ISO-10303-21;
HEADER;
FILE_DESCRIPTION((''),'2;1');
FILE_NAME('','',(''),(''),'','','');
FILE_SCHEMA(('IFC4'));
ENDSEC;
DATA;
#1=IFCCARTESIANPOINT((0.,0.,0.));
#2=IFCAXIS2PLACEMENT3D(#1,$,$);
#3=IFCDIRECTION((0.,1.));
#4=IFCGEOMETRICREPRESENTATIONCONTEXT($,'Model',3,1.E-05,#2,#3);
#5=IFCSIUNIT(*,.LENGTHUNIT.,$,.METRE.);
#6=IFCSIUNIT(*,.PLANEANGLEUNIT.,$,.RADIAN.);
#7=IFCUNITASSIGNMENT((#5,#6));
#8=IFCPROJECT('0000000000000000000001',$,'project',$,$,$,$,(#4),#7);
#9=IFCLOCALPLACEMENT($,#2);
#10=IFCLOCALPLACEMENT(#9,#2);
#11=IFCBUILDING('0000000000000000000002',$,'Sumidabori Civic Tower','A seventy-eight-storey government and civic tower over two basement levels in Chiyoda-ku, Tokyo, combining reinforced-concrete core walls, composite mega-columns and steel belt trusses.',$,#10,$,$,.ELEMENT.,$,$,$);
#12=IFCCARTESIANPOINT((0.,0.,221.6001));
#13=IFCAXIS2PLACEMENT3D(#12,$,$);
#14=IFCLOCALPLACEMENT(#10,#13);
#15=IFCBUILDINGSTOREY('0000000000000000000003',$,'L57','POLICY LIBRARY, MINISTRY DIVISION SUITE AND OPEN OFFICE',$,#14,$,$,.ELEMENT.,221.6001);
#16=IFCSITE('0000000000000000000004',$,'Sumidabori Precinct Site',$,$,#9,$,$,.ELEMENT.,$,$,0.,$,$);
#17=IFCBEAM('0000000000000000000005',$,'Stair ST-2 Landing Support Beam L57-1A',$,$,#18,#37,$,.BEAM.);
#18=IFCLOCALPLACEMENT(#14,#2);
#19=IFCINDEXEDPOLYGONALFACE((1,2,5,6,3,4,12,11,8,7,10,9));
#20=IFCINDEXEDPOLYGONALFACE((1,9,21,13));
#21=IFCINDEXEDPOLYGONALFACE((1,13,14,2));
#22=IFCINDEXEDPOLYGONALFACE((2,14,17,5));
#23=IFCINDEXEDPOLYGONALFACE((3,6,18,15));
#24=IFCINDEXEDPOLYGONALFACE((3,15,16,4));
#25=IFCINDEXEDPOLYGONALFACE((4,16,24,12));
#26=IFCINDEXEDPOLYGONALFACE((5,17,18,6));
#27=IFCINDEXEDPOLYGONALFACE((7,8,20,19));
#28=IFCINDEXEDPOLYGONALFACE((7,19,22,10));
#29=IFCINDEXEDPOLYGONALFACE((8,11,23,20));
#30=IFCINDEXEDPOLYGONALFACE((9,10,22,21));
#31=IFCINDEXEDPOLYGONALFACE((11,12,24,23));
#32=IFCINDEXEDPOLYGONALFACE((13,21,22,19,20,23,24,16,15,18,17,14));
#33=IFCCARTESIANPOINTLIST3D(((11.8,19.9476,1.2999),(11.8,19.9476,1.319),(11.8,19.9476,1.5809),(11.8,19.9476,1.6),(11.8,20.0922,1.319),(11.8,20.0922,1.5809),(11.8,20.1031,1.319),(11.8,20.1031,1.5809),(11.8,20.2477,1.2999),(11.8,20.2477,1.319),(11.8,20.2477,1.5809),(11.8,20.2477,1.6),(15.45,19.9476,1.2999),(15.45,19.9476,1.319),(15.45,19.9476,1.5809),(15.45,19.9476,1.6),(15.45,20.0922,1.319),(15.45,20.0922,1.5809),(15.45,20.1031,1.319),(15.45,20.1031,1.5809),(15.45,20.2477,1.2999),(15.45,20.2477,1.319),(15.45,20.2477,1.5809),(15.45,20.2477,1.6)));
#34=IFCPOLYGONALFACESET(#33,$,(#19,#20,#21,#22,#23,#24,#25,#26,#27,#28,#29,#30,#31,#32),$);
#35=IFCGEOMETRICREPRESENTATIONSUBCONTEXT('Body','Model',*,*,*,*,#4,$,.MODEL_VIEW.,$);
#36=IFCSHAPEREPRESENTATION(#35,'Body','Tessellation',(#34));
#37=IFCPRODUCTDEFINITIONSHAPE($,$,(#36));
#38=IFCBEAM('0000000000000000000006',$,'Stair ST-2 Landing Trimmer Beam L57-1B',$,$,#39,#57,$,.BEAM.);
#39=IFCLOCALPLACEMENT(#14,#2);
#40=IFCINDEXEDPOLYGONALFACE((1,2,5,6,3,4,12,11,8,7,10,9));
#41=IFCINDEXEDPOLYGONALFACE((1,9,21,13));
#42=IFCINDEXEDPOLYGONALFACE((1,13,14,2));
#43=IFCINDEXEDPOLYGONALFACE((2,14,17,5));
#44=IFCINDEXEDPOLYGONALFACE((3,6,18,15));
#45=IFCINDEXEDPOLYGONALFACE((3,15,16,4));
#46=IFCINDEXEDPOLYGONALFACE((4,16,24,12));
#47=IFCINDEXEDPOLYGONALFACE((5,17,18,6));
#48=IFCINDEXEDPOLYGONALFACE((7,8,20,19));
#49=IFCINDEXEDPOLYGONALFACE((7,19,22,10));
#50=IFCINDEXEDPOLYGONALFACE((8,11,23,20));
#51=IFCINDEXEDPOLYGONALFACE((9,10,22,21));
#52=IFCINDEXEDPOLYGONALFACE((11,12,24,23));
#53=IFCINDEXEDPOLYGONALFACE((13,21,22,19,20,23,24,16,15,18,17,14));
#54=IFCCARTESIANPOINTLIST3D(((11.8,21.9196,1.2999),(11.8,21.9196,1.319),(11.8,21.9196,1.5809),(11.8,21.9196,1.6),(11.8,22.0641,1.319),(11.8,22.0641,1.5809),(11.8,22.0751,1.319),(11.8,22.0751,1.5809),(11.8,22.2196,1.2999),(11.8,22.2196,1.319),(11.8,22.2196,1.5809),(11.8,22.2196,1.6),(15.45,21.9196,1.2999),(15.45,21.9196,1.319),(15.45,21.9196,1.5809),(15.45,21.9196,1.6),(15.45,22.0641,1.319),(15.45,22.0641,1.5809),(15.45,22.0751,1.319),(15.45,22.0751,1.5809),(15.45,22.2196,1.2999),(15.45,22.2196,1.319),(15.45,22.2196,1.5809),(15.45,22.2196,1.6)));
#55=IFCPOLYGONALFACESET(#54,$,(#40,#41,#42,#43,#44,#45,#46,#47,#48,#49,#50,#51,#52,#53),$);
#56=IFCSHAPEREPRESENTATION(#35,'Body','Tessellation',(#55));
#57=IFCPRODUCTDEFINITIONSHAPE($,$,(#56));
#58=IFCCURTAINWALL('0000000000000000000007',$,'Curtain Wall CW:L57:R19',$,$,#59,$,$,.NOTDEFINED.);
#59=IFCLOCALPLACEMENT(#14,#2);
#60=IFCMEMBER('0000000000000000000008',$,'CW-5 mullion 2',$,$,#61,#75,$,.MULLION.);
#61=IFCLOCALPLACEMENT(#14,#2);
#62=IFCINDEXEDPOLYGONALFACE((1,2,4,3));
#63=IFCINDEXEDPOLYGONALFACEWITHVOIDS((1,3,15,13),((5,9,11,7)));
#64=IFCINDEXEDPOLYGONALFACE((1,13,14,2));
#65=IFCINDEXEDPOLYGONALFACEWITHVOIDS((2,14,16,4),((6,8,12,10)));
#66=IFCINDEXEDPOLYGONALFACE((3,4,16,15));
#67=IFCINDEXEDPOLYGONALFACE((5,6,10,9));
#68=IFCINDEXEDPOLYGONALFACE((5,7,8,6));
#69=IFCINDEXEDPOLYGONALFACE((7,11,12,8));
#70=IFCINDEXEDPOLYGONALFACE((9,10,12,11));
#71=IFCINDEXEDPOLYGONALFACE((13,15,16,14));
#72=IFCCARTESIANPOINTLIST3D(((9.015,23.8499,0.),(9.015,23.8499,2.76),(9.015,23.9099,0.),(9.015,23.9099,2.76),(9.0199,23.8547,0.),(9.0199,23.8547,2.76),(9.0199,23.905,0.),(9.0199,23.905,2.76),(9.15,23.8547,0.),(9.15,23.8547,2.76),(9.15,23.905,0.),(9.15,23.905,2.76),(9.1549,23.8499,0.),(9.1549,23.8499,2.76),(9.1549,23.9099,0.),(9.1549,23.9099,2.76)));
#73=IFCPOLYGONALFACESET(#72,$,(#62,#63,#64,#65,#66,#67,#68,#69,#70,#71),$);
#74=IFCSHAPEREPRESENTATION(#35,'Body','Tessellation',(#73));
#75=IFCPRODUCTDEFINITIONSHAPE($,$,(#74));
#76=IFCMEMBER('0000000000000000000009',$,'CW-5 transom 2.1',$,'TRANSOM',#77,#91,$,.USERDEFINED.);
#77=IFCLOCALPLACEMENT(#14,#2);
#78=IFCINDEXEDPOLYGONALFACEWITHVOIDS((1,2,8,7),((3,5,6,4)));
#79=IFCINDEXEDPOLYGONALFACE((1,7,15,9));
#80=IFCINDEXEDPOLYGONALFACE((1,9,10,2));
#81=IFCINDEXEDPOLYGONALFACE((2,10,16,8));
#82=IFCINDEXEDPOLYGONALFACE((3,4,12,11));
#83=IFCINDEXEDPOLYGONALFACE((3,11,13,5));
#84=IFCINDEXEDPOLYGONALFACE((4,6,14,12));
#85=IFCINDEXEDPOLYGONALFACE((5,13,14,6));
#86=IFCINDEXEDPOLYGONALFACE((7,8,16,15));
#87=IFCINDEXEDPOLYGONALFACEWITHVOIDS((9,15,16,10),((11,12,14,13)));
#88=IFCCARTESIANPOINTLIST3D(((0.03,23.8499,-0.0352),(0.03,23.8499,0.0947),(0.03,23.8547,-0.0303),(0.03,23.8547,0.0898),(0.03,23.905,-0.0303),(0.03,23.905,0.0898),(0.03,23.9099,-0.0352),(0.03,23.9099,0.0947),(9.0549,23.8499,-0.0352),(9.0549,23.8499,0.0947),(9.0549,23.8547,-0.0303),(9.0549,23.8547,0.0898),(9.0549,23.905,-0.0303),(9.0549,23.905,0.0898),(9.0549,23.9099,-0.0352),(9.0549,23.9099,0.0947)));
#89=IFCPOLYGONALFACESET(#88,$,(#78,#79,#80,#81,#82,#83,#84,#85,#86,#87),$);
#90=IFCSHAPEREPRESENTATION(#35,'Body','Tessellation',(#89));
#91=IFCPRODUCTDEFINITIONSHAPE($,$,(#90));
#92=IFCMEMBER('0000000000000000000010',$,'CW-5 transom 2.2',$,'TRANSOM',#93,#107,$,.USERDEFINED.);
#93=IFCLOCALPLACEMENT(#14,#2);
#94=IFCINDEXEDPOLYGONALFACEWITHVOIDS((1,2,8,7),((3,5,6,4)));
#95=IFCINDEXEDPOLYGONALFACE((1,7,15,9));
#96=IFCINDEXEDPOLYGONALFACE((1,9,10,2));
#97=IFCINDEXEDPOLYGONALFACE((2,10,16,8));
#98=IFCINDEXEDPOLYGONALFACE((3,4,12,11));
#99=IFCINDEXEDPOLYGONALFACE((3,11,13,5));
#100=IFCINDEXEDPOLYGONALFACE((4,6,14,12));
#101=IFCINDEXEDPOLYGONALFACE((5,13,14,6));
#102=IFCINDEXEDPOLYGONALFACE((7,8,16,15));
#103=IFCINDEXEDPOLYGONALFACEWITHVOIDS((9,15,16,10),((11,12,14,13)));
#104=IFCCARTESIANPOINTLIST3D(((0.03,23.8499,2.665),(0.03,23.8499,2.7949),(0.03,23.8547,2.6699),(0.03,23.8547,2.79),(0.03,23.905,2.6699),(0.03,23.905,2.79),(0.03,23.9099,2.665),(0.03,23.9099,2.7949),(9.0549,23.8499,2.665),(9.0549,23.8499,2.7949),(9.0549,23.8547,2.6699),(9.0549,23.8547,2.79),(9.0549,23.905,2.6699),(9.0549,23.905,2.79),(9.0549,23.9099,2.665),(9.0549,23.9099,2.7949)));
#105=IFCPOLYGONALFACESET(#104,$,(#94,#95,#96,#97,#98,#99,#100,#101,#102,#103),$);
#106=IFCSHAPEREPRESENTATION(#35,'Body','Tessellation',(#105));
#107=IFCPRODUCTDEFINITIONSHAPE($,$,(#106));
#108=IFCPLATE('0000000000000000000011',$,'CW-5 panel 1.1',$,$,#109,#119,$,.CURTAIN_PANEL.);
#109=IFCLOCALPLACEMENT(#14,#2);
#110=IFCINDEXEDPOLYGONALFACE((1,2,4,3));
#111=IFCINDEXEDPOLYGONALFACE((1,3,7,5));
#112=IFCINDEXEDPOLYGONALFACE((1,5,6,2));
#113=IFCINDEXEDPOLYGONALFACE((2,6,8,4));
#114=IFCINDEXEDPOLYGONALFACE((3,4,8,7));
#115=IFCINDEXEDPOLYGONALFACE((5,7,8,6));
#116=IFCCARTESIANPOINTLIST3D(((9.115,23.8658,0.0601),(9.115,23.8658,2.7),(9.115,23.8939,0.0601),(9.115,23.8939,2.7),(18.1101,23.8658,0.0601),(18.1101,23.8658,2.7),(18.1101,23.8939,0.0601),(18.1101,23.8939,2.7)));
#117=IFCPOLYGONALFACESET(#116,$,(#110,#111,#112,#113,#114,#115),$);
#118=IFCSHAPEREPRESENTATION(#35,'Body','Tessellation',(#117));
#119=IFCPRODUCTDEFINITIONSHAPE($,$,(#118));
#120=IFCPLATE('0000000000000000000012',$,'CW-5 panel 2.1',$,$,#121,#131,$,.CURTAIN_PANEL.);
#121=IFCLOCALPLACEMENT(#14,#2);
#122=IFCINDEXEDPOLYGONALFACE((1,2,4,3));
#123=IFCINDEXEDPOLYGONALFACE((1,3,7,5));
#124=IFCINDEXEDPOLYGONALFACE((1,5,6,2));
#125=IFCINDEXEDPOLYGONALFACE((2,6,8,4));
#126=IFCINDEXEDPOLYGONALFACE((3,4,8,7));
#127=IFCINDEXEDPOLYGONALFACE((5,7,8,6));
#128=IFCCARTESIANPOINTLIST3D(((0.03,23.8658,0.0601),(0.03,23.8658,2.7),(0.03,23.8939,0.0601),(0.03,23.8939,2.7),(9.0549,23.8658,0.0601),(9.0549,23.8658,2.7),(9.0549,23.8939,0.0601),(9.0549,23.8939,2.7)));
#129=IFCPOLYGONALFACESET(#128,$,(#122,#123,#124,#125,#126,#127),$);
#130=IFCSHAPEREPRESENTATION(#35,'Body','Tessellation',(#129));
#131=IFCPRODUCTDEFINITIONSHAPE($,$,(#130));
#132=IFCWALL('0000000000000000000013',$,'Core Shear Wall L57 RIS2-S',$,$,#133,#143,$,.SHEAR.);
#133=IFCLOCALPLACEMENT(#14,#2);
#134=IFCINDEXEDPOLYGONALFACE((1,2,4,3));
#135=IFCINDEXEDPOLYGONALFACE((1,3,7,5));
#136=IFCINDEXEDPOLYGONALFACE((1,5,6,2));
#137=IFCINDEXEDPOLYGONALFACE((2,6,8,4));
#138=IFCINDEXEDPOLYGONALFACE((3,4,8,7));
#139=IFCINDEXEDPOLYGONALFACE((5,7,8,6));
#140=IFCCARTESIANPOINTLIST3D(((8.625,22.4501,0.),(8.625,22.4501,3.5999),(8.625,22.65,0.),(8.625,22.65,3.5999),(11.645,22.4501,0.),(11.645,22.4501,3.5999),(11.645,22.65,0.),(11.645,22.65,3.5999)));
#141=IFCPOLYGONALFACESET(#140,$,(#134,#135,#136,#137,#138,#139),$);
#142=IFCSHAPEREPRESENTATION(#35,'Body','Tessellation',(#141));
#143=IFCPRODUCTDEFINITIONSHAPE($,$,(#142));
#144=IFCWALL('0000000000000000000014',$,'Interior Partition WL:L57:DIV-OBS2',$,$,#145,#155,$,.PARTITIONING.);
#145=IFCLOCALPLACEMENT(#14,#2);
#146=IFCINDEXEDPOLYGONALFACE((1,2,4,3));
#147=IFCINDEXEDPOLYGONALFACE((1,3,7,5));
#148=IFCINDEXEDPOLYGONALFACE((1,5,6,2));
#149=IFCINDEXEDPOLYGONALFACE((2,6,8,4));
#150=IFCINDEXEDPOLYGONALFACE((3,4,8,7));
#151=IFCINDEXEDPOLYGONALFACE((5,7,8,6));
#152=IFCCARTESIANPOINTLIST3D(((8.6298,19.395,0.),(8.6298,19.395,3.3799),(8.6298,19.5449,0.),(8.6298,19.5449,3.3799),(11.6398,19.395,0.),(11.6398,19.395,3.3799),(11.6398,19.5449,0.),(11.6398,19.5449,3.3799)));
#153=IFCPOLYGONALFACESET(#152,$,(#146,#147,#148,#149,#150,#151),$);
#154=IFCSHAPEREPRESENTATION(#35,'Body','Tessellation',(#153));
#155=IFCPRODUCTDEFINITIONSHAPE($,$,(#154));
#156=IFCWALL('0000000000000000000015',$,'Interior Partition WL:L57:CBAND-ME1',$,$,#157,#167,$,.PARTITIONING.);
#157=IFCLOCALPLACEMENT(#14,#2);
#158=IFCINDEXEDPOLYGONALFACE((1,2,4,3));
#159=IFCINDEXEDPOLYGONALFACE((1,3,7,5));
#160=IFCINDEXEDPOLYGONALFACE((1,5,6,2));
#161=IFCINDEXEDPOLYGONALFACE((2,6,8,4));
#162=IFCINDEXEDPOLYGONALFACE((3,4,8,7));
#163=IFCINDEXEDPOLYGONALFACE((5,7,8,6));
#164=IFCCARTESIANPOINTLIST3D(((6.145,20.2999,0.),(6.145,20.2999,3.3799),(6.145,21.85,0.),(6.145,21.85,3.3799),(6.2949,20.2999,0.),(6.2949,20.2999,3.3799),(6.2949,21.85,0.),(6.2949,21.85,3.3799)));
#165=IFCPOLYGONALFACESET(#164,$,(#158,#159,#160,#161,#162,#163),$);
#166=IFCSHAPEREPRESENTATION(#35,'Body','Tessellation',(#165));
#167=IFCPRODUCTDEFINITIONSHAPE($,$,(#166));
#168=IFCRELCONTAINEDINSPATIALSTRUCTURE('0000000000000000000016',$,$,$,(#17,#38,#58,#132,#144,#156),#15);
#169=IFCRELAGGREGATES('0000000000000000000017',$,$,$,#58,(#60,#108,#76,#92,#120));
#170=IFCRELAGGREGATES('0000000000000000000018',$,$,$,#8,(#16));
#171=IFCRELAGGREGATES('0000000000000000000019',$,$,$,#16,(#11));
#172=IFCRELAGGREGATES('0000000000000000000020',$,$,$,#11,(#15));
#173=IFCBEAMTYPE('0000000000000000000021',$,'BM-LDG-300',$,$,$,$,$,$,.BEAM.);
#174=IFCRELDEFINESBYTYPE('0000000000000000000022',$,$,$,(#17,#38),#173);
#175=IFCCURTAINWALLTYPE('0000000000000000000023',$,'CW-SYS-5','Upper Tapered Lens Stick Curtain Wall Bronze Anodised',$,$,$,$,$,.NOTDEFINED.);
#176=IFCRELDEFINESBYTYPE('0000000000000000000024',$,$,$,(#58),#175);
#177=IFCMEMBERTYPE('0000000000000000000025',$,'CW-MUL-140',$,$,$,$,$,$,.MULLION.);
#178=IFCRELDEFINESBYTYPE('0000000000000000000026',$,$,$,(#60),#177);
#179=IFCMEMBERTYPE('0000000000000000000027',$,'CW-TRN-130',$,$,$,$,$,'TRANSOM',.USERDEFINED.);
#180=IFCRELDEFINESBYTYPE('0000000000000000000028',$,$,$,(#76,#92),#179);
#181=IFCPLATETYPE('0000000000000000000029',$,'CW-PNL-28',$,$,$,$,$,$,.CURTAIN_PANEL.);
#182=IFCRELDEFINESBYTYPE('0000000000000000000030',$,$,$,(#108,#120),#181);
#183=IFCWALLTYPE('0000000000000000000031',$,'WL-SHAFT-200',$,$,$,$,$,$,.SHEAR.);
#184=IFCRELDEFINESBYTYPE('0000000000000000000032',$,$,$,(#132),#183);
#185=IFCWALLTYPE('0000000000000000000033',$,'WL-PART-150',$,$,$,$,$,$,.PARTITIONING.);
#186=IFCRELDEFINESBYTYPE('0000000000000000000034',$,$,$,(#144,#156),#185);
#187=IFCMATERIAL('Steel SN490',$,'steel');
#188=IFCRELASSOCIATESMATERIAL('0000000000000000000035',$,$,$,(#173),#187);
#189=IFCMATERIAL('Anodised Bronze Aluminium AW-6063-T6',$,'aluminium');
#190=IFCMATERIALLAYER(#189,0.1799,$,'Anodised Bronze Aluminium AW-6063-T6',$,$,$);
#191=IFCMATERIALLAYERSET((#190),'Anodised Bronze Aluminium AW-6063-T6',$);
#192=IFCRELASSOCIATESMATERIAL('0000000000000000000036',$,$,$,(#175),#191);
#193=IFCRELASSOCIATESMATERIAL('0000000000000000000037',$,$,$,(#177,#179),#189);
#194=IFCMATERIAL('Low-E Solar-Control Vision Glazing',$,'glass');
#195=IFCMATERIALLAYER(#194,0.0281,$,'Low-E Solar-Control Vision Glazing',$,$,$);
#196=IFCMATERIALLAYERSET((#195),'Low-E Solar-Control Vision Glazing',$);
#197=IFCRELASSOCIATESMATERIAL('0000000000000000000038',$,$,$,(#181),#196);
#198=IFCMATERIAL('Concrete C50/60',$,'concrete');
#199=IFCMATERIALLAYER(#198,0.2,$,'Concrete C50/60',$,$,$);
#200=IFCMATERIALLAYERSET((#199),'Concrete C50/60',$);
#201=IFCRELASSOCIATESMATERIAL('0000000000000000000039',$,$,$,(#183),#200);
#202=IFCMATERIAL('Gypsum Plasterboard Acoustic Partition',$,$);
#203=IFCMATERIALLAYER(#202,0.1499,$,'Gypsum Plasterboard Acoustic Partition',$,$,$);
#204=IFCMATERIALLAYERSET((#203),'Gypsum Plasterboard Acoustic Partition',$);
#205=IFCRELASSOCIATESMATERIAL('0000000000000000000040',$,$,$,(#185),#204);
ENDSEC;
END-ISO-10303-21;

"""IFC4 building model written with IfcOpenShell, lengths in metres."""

from ifc_helpers import new_model, si_unit, direction, frame, frame_2d, origin, origin_2d, place, context, subcontext, project, spatial, rectangle, hollow_rectangle, i_section, extrude, source, transform, mapped, material, layer, layer_set, material_profile, profile_set, type_object, element, aggregate, save


model = new_model("IFC4")

# Units and contexts
model_context = context("Model", 3, precision=1e-05, world=origin(), true_north=direction((0.0, 1.0)))
body_context = subcontext(model_context, "Body", "Model", "MODEL_VIEW")
ifc_project = project(units=[si_unit("LENGTHUNIT", "METRE"), si_unit("PLANEANGLEUNIT", "RADIAN")], contexts=[model_context])

# Site, building, storey
site_placement = place(None, origin())
site = spatial("IfcSite", under=ifc_project, at=site_placement, Name="Sumidabori Precinct Site", CompositionType="ELEMENT", RefElevation=0.0)
building_placement = place(site_placement, origin())
building = spatial("IfcBuilding", under=site, at=building_placement, Name="Sumidabori Civic Tower", Description="A seventy-eight-storey government and civic tower over two basement levels in Chiyoda-ku, Tokyo, combining reinforced-concrete core walls, composite mega-columns and steel belt trusses.", CompositionType="ELEMENT")
storey_placement = place(building_placement, frame((0.0, 0.0, 221.6001)))
storey = spatial("IfcBuildingStorey", under=building, at=storey_placement, Name="L57", Description="POLICY LIBRARY, MINISTRY DIVISION SUITE AND OPEN OFFICE", CompositionType="ELEMENT", Elevation=221.6001)

# Beams
ifc_material_1 = material(Name="Steel SN490", Category="steel")
ifc_material_profile_1 = material_profile(ifc_material_1, i_section(OverallWidth=0.3, OverallDepth=0.3, WebThickness=0.011, FlangeThickness=0.019, at=origin_2d()), Name="HE 300 B")
ifc_profile_set_1 = profile_set([ifc_material_profile_1], Name="Steel SN490")
beam_type = type_object("IfcBeamType", Name="BM-LDG-300", PredefinedType="BEAM", material=ifc_profile_set_1)
shared_shape_1 = source(origin(), body_context, "Body", "SweptSolid", [
    extrude(i_section(OverallWidth=0.3, OverallDepth=0.3, WebThickness=0.011, FlangeThickness=0.019, at=origin_2d()), origin(), (0.0, 0.0, 1.0), 3.6499),
])
for number, where, z_axis, x_axis, name in (
    (1, (11.8, 20.0977, 1.45), (1.0, 0.0, 0.0), (0.0, 1.0, 0.0), "Stair ST-2 Landing Support Beam L57-1A"),
    (2, (11.8, 22.0696, 1.45), (1.0, 0.0, 0.0), (0.0, 1.0, 0.0), "Stair ST-2 Landing Trimmer Beam L57-1B"),
):
    element("IfcBeam", number, at=place(storey_placement, frame(where, z_axis=z_axis, x_axis=x_axis)), inside=storey, type_object=beam_type, Name=name, PredefinedType="BEAM", context=body_context, shape_type="MappedRepresentation", body=[
        mapped(shared_shape_1, transform((0.0, 0.0, 0.0), x_axis=(1.0, 0.0, 0.0), y_axis=(0.0, 1.0, 0.0), z_axis=(0.0, 0.0, 1.0), scale=1.0)),
    ])

# Curtain wall, members, plates
ifc_material_2 = material(Name="Anodised Bronze Aluminium AW-6063-T6", Category="aluminium")
ifc_layer_1 = layer(ifc_material_2, 0.1799, Name="Anodised Bronze Aluminium AW-6063-T6")
ifc_layer_set_1 = layer_set([ifc_layer_1], Name="Anodised Bronze Aluminium AW-6063-T6")
curtain_wall_type = type_object("IfcCurtainWallType", Name="CW-SYS-5", Description="Upper Tapered Lens Stick Curtain Wall Bronze Anodised", PredefinedType="NOTDEFINED", material=ifc_layer_set_1)
curtain_wall_placement = place(storey_placement, origin())
curtain_wall = element("IfcCurtainWall", 3, at=curtain_wall_placement, inside=storey, type_object=curtain_wall_type, Name="Curtain Wall CW:L57:R19", PredefinedType="NOTDEFINED")
ifc_material_profile_2 = material_profile(ifc_material_2, hollow_rectangle(XDim=0.0601, YDim=0.1399, WallThickness=0.0049, at=origin_2d()), Name="ALU MULLION 140x60")
ifc_profile_set_2 = profile_set([ifc_material_profile_2], Name="Anodised Bronze Aluminium AW-6063-T6")
member_type_1 = type_object("IfcMemberType", Name="CW-MUL-140", PredefinedType="MULLION", material=ifc_profile_set_2)
shared_shape_2 = source(origin(), body_context, "Body", "SweptSolid", [
    extrude(hollow_rectangle(XDim=0.0601, YDim=0.1399, WallThickness=0.0049, at=origin_2d()), origin(), (0.0, 0.0, 1.0), 2.76),
])
member_1_placement = place(storey_placement, frame((9.085, 23.8799, 0.0), z_axis=(0.0, 0.0, 1.0), x_axis=(0.0, -1.0, 0.0)))
member_1 = element("IfcMember", 4, at=member_1_placement, type_object=member_type_1, Name="CW-5 mullion 2", PredefinedType="MULLION", context=body_context, shape_type="MappedRepresentation", body=[
    mapped(shared_shape_2, transform((0.0, 0.0, 0.0), x_axis=(1.0, 0.0, 0.0), y_axis=(0.0, 1.0, 0.0), z_axis=(0.0, 0.0, 1.0), scale=1.0)),
])
ifc_material_profile_3 = material_profile(ifc_material_2, hollow_rectangle(XDim=0.0601, YDim=0.1299, WallThickness=0.0049, at=origin_2d()), Name="ALU TRANSOM 130x60")
ifc_profile_set_3 = profile_set([ifc_material_profile_3], Name="Anodised Bronze Aluminium AW-6063-T6")
member_type_2 = type_object("IfcMemberType", Name="CW-TRN-130", ElementType="TRANSOM", PredefinedType="USERDEFINED", material=ifc_profile_set_3)
shared_shape_3 = source(origin(), body_context, "Body", "SweptSolid", [
    extrude(hollow_rectangle(XDim=0.0601, YDim=0.1299, WallThickness=0.0049, at=origin_2d()), origin(), (0.0, 0.0, 1.0), 9.0249),
])
member_2_placement = place(storey_placement, frame((9.0549, 23.8799, 0.0298), z_axis=(-1.0, 0.0, 0.0), x_axis=(0.0, -1.0, 0.0)))
member_2 = element("IfcMember", 5, at=member_2_placement, type_object=member_type_2, Name="CW-5 transom 2.1", ObjectType="TRANSOM", PredefinedType="USERDEFINED", context=body_context, shape_type="MappedRepresentation", body=[
    mapped(shared_shape_3, transform((0.0, 0.0, 0.0), x_axis=(1.0, 0.0, 0.0), y_axis=(0.0, 1.0, 0.0), z_axis=(0.0, 0.0, 1.0), scale=1.0)),
])
member_3_placement = place(storey_placement, frame((9.0549, 23.8799, 2.73), z_axis=(-1.0, 0.0, 0.0), x_axis=(0.0, -1.0, 0.0)))
member_3 = element("IfcMember", 6, at=member_3_placement, type_object=member_type_2, Name="CW-5 transom 2.2", ObjectType="TRANSOM", PredefinedType="USERDEFINED", context=body_context, shape_type="MappedRepresentation", body=[
    mapped(shared_shape_3, transform((0.0, 0.0, 0.0), x_axis=(1.0, 0.0, 0.0), y_axis=(0.0, 1.0, 0.0), z_axis=(0.0, 0.0, 1.0), scale=1.0)),
])
ifc_material_3 = material(Name="Low-E Solar-Control Vision Glazing", Category="glass")
ifc_layer_2 = layer(ifc_material_3, 0.0281, Name="Low-E Solar-Control Vision Glazing")
ifc_layer_set_2 = layer_set([ifc_layer_2], Name="Low-E Solar-Control Vision Glazing")
plate_type = type_object("IfcPlateType", Name="CW-PNL-28", PredefinedType="CURTAIN_PANEL", material=ifc_layer_set_2)
shared_shape_4 = source(origin(), body_context, "Body", "SweptSolid", [
    extrude(rectangle(XDim=8.9951, YDim=0.0281, at=origin_2d()), origin(), (0.0, 0.0, 1.0), 2.6399),
])
plate_1_placement = place(storey_placement, frame((13.6125, 23.8799, 0.0601), z_axis=(0.0, 0.0, 1.0), x_axis=(-1.0, 0.0, 0.0)))
plate_1 = element("IfcPlate", 7, at=plate_1_placement, type_object=plate_type, Name="CW-5 panel 1.1", PredefinedType="CURTAIN_PANEL", context=body_context, shape_type="MappedRepresentation", body=[
    mapped(shared_shape_4, transform((0.0, 0.0, 0.0), x_axis=(1.0, 0.0, 0.0), y_axis=(0.0, 1.0, 0.0), z_axis=(0.0, 0.0, 1.0), scale=1.0)),
])
shared_shape_5 = source(origin(), body_context, "Body", "SweptSolid", [
    extrude(rectangle(XDim=9.0249, YDim=0.0281, at=origin_2d()), origin(), (0.0, 0.0, 1.0), 2.6399),
])
plate_2_placement = place(storey_placement, frame((4.5425, 23.8799, 0.0601), z_axis=(0.0, 0.0, 1.0), x_axis=(-1.0, 0.0, 0.0)))
plate_2 = element("IfcPlate", 8, at=plate_2_placement, type_object=plate_type, Name="CW-5 panel 2.1", PredefinedType="CURTAIN_PANEL", context=body_context, shape_type="MappedRepresentation", body=[
    mapped(shared_shape_5, transform((0.0, 0.0, 0.0), x_axis=(1.0, 0.0, 0.0), y_axis=(0.0, 1.0, 0.0), z_axis=(0.0, 0.0, 1.0), scale=1.0)),
])
aggregate(curtain_wall, [member_1, plate_1, member_2, member_3, plate_2])

# Walls
ifc_material_4 = material(Name="Concrete C50/60", Category="concrete")
ifc_layer_3 = layer(ifc_material_4, 0.2, Name="Concrete C50/60")
ifc_layer_set_3 = layer_set([ifc_layer_3], Name="Concrete C50/60")
wall_type_1 = type_object("IfcWallType", Name="WL-SHAFT-200", PredefinedType="SHEAR", material=ifc_layer_set_3)
shared_shape_6 = source(origin(), body_context, "Body", "SweptSolid", [
    extrude(rectangle(XDim=3.02, YDim=0.2, at=frame_2d((1.51, 0.0))), origin(), (0.0, 0.0, 1.0), 3.5999),
])
wall_1_placement = place(storey_placement, frame((8.625, 22.55, 0.0), z_axis=(0.0, 0.0, 1.0), x_axis=(1.0, 0.0, 0.0)))
element("IfcWall", 9, at=wall_1_placement, inside=storey, type_object=wall_type_1, Name="Core Shear Wall L57 RIS2-S", PredefinedType="SHEAR", context=body_context, shape_type="MappedRepresentation", body=[
    mapped(shared_shape_6, transform((0.0, 0.0, 0.0), x_axis=(1.0, 0.0, 0.0), y_axis=(0.0, 1.0, 0.0), z_axis=(0.0, 0.0, 1.0), scale=1.0)),
])
ifc_material_5 = material(Name="Gypsum Plasterboard Acoustic Partition")
ifc_layer_4 = layer(ifc_material_5, 0.1499, Name="Gypsum Plasterboard Acoustic Partition")
ifc_layer_set_4 = layer_set([ifc_layer_4], Name="Gypsum Plasterboard Acoustic Partition")
wall_type_2 = type_object("IfcWallType", Name="WL-PART-150", PredefinedType="PARTITIONING", material=ifc_layer_set_4)
shared_shape_7 = source(origin(), body_context, "Body", "SweptSolid", [
    extrude(rectangle(XDim=3.01, YDim=0.1499, at=frame_2d((1.5049, 0.0))), origin(), (0.0, 0.0, 1.0), 3.3799),
])
wall_2_placement = place(storey_placement, frame((8.6299, 19.47, 0.0), z_axis=(0.0, 0.0, 1.0), x_axis=(1.0, 0.0, 0.0)))
element("IfcWall", 10, at=wall_2_placement, inside=storey, type_object=wall_type_2, Name="Interior Partition WL:L57:DIV-OBS2", PredefinedType="PARTITIONING", context=body_context, shape_type="MappedRepresentation", body=[
    mapped(shared_shape_7, transform((0.0, 0.0, 0.0), x_axis=(1.0, 0.0, 0.0), y_axis=(0.0, 1.0, 0.0), z_axis=(0.0, 0.0, 1.0), scale=1.0)),
])
shared_shape_8 = source(origin(), body_context, "Body", "SweptSolid", [
    extrude(rectangle(XDim=1.55, YDim=0.1499, at=frame_2d((0.7749, 0.0))), origin(), (0.0, 0.0, 1.0), 3.3799),
])
wall_3_placement = place(storey_placement, frame((6.22, 20.3, 0.0), z_axis=(0.0, 0.0, 1.0), x_axis=(0.0, 1.0, 0.0)))
element("IfcWall", 11, at=wall_3_placement, inside=storey, type_object=wall_type_2, Name="Interior Partition WL:L57:CBAND-ME1", PredefinedType="PARTITIONING", context=body_context, shape_type="MappedRepresentation", body=[
    mapped(shared_shape_8, transform((0.0, 0.0, 0.0), x_axis=(1.0, 0.0, 0.0), y_axis=(0.0, 1.0, 0.0), z_axis=(0.0, 0.0, 1.0), scale=1.0)),
])

save(model, "model.ifc")
